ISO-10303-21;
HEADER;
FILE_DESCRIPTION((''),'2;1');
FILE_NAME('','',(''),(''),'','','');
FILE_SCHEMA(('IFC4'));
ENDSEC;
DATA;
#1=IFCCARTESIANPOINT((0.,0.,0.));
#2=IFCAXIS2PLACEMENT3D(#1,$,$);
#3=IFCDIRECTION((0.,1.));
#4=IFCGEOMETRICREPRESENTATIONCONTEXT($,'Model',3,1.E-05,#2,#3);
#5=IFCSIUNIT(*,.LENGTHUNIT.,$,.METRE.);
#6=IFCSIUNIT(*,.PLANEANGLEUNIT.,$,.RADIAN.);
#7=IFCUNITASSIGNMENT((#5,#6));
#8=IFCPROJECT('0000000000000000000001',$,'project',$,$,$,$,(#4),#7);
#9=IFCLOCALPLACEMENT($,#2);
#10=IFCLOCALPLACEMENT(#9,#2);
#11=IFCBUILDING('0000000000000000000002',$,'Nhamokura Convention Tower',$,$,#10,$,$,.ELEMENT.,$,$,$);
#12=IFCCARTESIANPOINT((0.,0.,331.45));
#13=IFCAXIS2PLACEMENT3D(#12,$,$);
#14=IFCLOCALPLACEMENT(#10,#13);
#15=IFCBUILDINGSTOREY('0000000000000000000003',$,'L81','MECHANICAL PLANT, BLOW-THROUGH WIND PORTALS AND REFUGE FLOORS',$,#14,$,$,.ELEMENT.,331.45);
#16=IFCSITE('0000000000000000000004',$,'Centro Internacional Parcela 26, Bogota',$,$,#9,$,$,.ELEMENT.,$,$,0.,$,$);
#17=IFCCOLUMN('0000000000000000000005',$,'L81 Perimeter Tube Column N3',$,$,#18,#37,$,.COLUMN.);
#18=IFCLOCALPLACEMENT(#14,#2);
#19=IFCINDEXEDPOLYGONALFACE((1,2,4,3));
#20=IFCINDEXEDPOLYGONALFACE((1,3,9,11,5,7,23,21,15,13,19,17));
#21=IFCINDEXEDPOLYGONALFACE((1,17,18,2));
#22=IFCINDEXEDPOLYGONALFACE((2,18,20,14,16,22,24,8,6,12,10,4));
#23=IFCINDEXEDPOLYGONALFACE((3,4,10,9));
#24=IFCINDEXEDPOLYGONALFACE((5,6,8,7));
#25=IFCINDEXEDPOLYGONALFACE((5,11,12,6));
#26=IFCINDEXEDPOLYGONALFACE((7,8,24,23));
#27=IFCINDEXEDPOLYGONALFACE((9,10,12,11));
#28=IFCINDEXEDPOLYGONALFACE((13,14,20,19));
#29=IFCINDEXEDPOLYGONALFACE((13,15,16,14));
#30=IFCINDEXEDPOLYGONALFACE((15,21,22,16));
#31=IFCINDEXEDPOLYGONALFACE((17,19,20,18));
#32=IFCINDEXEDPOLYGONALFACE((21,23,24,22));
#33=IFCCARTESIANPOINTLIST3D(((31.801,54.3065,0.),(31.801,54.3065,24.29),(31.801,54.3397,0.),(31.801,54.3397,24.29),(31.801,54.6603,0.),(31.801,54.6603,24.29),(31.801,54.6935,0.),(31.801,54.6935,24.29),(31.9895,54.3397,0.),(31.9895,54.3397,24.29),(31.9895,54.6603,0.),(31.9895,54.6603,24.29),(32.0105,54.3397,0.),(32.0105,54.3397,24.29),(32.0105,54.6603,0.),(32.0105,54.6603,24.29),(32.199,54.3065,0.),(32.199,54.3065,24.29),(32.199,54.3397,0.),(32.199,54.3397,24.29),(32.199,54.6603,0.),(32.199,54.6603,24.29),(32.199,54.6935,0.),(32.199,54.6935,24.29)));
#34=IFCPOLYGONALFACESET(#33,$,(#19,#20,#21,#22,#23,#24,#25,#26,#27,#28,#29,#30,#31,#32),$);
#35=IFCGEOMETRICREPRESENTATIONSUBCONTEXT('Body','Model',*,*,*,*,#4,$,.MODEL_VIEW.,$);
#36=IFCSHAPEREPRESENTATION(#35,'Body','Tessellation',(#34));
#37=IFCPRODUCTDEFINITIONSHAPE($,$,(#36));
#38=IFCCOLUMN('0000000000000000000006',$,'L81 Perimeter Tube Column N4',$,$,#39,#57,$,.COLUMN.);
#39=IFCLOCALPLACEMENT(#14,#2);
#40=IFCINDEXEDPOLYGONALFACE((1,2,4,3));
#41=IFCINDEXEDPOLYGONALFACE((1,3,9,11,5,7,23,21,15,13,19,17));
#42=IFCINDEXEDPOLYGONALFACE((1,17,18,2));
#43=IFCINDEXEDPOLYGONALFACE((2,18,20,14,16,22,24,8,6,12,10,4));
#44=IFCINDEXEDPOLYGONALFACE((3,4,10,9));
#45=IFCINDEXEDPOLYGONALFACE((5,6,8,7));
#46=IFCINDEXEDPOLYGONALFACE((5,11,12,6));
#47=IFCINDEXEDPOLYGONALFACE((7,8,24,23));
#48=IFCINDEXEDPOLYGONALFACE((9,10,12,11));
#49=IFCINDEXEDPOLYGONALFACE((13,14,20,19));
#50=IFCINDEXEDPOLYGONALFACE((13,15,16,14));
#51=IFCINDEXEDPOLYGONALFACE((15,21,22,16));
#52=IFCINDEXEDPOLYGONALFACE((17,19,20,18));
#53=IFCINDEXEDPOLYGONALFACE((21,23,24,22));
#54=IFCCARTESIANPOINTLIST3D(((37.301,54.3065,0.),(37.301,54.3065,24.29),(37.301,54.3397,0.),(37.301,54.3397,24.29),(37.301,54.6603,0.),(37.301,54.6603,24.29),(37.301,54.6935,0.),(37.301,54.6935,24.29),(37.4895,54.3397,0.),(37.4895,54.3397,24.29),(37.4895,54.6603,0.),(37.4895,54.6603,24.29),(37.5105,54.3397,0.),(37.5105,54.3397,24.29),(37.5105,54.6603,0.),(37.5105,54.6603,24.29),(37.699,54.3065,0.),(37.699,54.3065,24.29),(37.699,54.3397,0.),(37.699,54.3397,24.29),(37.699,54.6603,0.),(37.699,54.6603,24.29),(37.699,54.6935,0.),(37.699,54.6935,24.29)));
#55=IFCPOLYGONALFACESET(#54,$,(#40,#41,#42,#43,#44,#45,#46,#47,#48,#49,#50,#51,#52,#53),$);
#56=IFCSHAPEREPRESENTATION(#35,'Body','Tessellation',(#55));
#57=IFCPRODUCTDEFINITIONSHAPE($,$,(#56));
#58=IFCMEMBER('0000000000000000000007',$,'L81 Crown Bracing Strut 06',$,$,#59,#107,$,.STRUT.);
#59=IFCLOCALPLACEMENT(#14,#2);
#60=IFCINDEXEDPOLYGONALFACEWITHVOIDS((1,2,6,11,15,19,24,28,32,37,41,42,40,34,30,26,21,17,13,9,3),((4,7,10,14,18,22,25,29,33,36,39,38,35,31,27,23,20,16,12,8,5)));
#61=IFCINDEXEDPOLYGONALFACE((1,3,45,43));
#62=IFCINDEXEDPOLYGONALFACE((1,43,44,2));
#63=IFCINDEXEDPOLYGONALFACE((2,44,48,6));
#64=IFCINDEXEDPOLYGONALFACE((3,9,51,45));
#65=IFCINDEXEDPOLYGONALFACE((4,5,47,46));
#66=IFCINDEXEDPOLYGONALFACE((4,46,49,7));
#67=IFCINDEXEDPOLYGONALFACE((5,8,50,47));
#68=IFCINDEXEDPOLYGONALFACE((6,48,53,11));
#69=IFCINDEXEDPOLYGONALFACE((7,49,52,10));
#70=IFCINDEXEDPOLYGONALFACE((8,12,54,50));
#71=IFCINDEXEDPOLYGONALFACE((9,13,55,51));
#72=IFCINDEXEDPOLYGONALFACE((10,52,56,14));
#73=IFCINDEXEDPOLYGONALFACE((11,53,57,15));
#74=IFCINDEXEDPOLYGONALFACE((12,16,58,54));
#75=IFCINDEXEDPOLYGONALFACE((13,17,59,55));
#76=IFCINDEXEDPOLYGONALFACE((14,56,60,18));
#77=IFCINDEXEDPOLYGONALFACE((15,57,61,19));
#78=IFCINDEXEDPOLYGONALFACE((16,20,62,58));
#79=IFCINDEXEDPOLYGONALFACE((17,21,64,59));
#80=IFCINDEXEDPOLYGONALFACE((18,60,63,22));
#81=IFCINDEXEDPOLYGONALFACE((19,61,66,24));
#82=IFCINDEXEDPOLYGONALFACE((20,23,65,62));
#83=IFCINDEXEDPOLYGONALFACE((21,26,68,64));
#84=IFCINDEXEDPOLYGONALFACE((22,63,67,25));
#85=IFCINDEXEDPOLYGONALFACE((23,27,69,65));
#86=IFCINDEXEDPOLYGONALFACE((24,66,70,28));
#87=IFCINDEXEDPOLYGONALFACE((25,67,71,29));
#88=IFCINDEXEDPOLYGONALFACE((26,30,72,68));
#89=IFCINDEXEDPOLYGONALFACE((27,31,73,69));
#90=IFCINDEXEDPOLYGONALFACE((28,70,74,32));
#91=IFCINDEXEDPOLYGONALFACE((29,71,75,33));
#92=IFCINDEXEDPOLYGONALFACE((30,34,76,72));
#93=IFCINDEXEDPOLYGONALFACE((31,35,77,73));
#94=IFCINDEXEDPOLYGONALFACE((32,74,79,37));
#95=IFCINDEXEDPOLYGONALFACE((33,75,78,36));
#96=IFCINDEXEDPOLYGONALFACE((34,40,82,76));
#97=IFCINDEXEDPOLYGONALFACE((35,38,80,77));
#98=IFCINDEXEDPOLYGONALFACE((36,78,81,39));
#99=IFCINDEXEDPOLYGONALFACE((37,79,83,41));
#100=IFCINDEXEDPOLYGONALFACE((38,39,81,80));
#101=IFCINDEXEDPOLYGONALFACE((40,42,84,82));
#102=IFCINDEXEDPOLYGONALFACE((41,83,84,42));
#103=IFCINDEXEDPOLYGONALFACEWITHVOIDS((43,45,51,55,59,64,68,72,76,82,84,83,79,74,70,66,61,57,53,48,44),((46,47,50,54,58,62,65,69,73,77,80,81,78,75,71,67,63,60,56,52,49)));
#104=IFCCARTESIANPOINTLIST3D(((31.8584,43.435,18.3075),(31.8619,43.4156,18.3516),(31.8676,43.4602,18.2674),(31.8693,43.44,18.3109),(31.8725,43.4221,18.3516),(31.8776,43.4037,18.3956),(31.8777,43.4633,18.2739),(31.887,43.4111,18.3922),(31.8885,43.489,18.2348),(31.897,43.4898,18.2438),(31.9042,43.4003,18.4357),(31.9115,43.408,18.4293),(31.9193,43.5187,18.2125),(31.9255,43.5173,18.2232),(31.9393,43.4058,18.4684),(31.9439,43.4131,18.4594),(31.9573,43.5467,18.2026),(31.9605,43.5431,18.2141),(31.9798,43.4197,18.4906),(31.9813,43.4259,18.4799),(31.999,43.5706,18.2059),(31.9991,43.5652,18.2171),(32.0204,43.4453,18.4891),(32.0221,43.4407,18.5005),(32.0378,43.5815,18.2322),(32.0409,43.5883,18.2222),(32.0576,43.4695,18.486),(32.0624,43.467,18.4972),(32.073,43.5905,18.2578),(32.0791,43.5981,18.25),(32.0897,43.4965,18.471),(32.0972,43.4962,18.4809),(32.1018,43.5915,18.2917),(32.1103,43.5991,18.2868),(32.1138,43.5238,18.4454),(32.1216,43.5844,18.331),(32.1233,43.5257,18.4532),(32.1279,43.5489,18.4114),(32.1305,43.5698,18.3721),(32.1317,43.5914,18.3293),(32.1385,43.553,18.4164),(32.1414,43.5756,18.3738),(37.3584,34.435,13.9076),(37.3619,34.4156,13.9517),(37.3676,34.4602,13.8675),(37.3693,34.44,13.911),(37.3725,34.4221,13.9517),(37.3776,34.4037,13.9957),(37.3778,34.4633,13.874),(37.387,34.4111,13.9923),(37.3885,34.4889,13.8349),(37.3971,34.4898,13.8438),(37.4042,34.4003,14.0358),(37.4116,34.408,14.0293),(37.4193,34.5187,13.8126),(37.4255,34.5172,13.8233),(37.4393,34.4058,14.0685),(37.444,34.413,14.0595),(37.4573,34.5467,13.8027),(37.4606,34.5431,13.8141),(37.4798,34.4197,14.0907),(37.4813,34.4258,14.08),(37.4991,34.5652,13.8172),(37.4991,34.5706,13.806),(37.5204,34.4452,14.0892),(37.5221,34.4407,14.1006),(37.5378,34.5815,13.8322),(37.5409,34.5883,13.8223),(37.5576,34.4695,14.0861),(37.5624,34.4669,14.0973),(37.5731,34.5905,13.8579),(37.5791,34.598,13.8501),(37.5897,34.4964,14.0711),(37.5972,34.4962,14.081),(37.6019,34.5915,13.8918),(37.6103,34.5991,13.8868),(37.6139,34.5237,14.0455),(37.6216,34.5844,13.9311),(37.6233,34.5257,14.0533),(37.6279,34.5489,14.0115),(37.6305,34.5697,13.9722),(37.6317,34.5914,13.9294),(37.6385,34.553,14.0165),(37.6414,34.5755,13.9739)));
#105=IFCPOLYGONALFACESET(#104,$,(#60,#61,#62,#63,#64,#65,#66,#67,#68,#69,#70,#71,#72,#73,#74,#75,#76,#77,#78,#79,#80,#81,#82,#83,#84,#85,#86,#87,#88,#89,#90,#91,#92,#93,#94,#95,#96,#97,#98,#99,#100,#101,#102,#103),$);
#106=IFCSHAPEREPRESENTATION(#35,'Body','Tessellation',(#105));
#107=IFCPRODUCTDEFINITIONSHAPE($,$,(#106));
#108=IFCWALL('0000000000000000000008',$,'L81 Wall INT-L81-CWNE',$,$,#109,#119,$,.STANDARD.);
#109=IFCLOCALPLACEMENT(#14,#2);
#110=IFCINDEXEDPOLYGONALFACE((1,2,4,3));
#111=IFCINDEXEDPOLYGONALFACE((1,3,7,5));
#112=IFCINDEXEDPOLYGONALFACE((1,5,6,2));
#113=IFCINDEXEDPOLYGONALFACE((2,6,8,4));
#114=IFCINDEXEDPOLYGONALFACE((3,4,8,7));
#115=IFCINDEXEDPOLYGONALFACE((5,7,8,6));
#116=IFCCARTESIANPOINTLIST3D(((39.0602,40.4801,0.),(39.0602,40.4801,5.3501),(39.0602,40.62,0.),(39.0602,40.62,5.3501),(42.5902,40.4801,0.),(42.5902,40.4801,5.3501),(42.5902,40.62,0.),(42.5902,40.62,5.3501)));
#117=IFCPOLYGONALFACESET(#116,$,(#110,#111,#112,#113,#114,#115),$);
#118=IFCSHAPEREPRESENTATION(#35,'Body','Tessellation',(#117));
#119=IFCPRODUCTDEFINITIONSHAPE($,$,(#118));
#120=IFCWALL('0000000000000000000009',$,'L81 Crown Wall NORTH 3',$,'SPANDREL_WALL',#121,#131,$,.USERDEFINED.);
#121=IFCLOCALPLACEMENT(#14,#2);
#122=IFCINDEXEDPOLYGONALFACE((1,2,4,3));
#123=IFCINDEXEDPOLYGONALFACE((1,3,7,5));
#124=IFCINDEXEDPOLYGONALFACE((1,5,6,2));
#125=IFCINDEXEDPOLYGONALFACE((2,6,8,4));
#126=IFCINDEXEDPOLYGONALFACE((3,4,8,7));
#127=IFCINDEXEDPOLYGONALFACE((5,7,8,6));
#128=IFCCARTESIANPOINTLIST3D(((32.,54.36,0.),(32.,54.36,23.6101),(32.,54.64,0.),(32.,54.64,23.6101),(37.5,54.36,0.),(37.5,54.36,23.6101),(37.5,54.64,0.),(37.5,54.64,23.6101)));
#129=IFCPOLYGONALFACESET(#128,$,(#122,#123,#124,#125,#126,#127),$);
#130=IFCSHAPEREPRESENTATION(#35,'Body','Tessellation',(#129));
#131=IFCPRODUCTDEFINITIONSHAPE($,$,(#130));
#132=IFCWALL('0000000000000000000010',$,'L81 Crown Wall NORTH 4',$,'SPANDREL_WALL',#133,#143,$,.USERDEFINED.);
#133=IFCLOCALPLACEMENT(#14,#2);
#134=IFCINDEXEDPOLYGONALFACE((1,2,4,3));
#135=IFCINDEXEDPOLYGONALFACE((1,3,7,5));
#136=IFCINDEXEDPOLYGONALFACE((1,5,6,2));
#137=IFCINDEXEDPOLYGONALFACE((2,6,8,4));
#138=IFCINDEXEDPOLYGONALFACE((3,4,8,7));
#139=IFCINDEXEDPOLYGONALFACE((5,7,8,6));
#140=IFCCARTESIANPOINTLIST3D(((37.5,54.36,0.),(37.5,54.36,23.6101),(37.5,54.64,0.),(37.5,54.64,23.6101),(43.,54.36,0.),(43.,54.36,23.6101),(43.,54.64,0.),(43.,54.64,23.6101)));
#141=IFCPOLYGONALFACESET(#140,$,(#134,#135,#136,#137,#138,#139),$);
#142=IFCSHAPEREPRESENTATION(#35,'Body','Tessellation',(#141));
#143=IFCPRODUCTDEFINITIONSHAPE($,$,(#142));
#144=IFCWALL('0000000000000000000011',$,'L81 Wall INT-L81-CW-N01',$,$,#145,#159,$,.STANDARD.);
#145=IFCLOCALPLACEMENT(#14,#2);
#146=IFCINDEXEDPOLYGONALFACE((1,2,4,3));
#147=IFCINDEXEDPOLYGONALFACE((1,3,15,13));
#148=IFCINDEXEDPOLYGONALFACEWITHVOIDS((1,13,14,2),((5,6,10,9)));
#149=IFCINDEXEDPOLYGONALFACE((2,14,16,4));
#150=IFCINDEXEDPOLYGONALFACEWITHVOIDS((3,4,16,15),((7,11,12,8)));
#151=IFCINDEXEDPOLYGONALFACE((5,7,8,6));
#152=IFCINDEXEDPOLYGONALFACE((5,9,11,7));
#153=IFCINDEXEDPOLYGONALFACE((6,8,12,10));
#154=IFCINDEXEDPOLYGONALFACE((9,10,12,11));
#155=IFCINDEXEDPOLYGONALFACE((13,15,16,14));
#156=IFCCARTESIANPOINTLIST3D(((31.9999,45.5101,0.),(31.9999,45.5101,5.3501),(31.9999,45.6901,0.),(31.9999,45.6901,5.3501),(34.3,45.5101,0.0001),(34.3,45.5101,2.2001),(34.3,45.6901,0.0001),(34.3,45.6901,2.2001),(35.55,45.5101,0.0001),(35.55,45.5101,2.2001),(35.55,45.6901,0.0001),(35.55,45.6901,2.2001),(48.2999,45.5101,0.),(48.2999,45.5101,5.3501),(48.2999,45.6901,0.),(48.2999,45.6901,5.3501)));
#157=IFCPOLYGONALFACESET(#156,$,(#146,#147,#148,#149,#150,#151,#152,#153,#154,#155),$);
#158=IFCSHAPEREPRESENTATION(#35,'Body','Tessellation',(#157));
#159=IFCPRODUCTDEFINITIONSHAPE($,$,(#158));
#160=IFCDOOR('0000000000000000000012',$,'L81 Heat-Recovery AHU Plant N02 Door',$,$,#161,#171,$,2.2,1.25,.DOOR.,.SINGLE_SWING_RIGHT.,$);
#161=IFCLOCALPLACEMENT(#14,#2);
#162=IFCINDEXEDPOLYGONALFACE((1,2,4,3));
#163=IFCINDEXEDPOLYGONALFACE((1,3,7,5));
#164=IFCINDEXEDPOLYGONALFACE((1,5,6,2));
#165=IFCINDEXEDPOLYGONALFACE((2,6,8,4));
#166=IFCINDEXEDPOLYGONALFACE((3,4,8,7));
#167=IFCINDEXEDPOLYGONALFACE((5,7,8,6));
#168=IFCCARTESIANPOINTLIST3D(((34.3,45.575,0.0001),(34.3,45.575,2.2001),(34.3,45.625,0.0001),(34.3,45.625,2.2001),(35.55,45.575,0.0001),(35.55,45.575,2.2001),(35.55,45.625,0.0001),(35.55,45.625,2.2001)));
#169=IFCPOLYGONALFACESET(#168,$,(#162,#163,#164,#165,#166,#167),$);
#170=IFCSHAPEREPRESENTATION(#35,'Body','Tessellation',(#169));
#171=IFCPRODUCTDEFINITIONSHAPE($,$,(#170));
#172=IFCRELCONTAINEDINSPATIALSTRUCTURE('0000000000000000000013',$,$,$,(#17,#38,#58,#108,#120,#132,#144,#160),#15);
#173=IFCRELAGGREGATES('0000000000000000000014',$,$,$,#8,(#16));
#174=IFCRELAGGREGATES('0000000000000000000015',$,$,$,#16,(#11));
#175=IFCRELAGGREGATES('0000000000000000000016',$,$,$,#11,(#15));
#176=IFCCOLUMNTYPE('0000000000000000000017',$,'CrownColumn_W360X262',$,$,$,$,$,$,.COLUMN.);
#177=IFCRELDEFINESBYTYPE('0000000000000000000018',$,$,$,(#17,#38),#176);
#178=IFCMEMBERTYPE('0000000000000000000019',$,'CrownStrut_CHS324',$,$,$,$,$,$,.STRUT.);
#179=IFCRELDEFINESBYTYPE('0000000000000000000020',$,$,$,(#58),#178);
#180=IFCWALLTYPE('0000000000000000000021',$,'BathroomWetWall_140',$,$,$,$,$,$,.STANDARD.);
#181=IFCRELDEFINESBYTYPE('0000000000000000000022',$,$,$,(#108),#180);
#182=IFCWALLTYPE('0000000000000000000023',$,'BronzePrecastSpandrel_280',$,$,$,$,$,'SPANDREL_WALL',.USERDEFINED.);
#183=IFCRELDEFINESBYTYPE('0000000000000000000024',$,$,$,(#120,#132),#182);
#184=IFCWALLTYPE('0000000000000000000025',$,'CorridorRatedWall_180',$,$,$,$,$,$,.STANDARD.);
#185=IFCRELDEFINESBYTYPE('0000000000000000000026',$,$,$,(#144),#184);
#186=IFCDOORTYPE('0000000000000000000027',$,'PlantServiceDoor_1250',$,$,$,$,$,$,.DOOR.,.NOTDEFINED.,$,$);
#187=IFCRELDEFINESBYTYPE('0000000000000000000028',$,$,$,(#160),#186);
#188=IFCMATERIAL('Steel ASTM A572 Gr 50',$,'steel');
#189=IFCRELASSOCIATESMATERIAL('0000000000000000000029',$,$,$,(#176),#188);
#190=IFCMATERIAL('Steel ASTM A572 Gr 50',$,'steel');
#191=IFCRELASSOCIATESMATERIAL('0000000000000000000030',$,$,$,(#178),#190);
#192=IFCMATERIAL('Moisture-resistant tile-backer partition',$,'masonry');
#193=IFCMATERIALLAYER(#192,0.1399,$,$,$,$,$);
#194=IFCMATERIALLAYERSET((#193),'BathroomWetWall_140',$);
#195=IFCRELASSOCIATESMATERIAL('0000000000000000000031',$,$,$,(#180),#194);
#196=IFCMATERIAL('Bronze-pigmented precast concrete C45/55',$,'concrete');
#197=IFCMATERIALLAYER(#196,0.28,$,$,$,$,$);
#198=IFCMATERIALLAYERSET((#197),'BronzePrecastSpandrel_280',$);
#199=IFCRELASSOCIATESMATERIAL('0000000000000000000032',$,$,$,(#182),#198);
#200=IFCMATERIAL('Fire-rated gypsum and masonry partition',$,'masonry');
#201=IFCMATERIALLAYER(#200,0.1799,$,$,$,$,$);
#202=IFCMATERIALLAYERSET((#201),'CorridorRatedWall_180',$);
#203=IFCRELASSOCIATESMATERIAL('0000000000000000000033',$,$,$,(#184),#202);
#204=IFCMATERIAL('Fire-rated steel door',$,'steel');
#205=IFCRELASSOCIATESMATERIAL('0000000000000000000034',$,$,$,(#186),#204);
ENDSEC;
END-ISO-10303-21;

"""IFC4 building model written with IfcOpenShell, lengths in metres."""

from ifc_helpers import new_model, si_unit, direction, frame, frame_2d, origin, origin_2d, place, context, subcontext, project, spatial, rectangle, hollow_circle, i_section, extrude, material, layer, layer_set, material_profile, profile_set, type_object, element, fill, save


model = new_model("IFC4")

# Units and contexts
model_context = context("Model", 3, precision=1e-05, world=origin(), true_north=direction((0.0, 1.0)))
body_context = subcontext(model_context, "Body", "Model", "MODEL_VIEW")
ifc_project = project(units=[si_unit("LENGTHUNIT", "METRE"), si_unit("PLANEANGLEUNIT", "RADIAN")], contexts=[model_context])

# Site, building, storey
site_placement = place(None, origin())
site = spatial("IfcSite", under=ifc_project, at=site_placement, Name="Centro Internacional Parcela 26, Bogota", CompositionType="ELEMENT", RefElevation=0.0)
building_placement = place(site_placement, origin())
building = spatial("IfcBuilding", under=site, at=building_placement, Name="Nhamokura Convention Tower", CompositionType="ELEMENT")
storey_placement = place(building_placement, frame((0.0, 0.0, 331.45)))
storey = spatial("IfcBuildingStorey", under=building, at=storey_placement, Name="L81", Description="MECHANICAL PLANT, BLOW-THROUGH WIND PORTALS AND REFUGE FLOORS", CompositionType="ELEMENT", Elevation=331.45)

# Columns
ifc_material_1 = material(Name="Steel ASTM A572 Gr 50", Category="steel")
ifc_material_profile_1 = material_profile(ifc_material_1, i_section(OverallWidth=0.3979, OverallDepth=0.387, WebThickness=0.021, FlangeThickness=0.0332, at=origin_2d()))
ifc_profile_set_1 = profile_set([ifc_material_profile_1], Name="Steel ASTM A572 Gr 50")
column_type = type_object("IfcColumnType", Name="CrownColumn_W360X262", PredefinedType="COLUMN", material=ifc_profile_set_1)
for number, where, z_axis, x_axis, name in (
    (1, (32.0, 54.5, 0.0), (0.0, 0.0, 1.0), (1.0, 0.0, 0.0), "L81 Perimeter Tube Column N3"),
    (2, (37.5, 54.5, 0.0), (0.0, 0.0, 1.0), (1.0, 0.0, 0.0), "L81 Perimeter Tube Column N4"),
):
    element("IfcColumn", number, at=place(storey_placement, frame(where, z_axis=z_axis, x_axis=x_axis)), inside=storey, type_object=column_type, Name=name, PredefinedType="COLUMN", context=body_context, shape_type="SweptSolid", body=[
        extrude(i_section(OverallWidth=0.3979, OverallDepth=0.387, WebThickness=0.021, FlangeThickness=0.0332, at=origin_2d()), origin(), (0.0, 0.0, 1.0), 24.29),
    ])

# Member
ifc_material_2 = material(Name="Steel ASTM A572 Gr 50", Category="steel")
ifc_material_profile_2 = material_profile(ifc_material_2, hollow_circle(Radius=0.1619, WallThickness=0.0125, at=origin_2d()))
ifc_profile_set_2 = profile_set([ifc_material_profile_2], Name="Steel ASTM A572 Gr 50")
member_type = type_object("IfcMemberType", Name="CrownStrut_CHS324", PredefinedType="STRUT", material=ifc_profile_set_2)
member_placement = place(storey_placement, frame((37.5, 34.5, 13.9517), z_axis=(-0.481256, 0.787509, 0.384996), x_axis=(-0.853282, -0.52145, 0.0)))
element("IfcMember", 3, at=member_placement, inside=storey, type_object=member_type, Name="L81 Crown Bracing Strut 06", PredefinedType="STRUT", context=body_context, shape_type="SweptSolid", body=[
    extrude(hollow_circle(Radius=0.1619, WallThickness=0.0125, at=origin_2d()), origin(), (0.0, 0.0, 1.0), 11.4285),
])

# Walls
ifc_material_3 = material(Name="Moisture-resistant tile-backer partition", Category="masonry")
ifc_layer_1 = layer(ifc_material_3, 0.1399)
ifc_layer_set_1 = layer_set([ifc_layer_1], Name="BathroomWetWall_140")
wall_type_1 = type_object("IfcWallType", Name="BathroomWetWall_140", PredefinedType="STANDARD", material=ifc_layer_set_1)
wall_1_placement = place(storey_placement, frame((39.0601, 40.55, 0.0), z_axis=(0.0, 0.0, 1.0), x_axis=(1.0, 0.0, 0.0)))
element("IfcWall", 4, at=wall_1_placement, inside=storey, type_object=wall_type_1, Name="L81 Wall INT-L81-CWNE", PredefinedType="STANDARD", context=body_context, shape_type="SweptSolid", body=[
    extrude(rectangle(XDim=3.53, YDim=0.1399, at=frame_2d((1.7651, 0.0))), origin(), (0.0, 0.0, 1.0), 5.3501),
])
ifc_material_4 = material(Name="Bronze-pigmented precast concrete C45/55", Category="concrete")
ifc_layer_2 = layer(ifc_material_4, 0.28)
ifc_layer_set_2 = layer_set([ifc_layer_2], Name="BronzePrecastSpandrel_280")
wall_type_2 = type_object("IfcWallType", Name="BronzePrecastSpandrel_280", ElementType="SPANDREL_WALL", PredefinedType="USERDEFINED", material=ifc_layer_set_2)
for number, where, z_axis, x_axis, name in (
    (5, (32.0, 54.5, 0.0), (0.0, 0.0, 1.0), (1.0, 0.0, 0.0), "L81 Crown Wall NORTH 3"),
    (6, (37.5, 54.5, 0.0), (0.0, 0.0, 1.0), (1.0, 0.0, 0.0), "L81 Crown Wall NORTH 4"),
):
    element("IfcWall", number, at=place(storey_placement, frame(where, z_axis=z_axis, x_axis=x_axis)), inside=storey, type_object=wall_type_2, Name=name, ObjectType="SPANDREL_WALL", PredefinedType="USERDEFINED", context=body_context, shape_type="SweptSolid", body=[
        extrude(rectangle(XDim=5.5, YDim=0.28, at=frame_2d((2.75, 0.0))), origin(), (0.0, 0.0, 1.0), 23.6101),
    ])

# Wall, opening, door
ifc_material_5 = material(Name="Fire-rated gypsum and masonry partition", Category="masonry")
ifc_layer_3 = layer(ifc_material_5, 0.1799)
ifc_layer_set_3 = layer_set([ifc_layer_3], Name="CorridorRatedWall_180")
wall_type_3 = type_object("IfcWallType", Name="CorridorRatedWall_180", PredefinedType="STANDARD", material=ifc_layer_set_3)
wall_2_placement = place(storey_placement, frame((32.0, 45.6001, 0.0), z_axis=(0.0, 0.0, 1.0), x_axis=(1.0, 0.0, 0.0)))
wall_2 = element("IfcWall", 7, at=wall_2_placement, inside=storey, type_object=wall_type_3, Name="L81 Wall INT-L81-CW-N01", PredefinedType="STANDARD", context=body_context, shape_type="SweptSolid", body=[
    extrude(rectangle(XDim=16.3, YDim=0.1799, at=frame_2d((8.1499, 0.0))), origin(), (0.0, 0.0, 1.0), 5.3501),
])
opening_1_placement = place(wall_2_placement, frame((2.3, 0.0, 0.0)))
opening_1 = element("IfcOpeningElement", 8, at=opening_1_placement, cuts=wall_2, PredefinedType="OPENING", context=body_context, shape_type="SweptSolid", body=[
    extrude(rectangle(XDim=1.25, YDim=2.2, at=frame_2d((0.625, 1.1001))), frame((0.0, 0.0999, 0.0), z_axis=(0.0, -1.0, 0.0), x_axis=(1.0, 0.0, 0.0)), (0.0, 0.0, 1.0), 0.2),
])
ifc_material_6 = material(Name="Fire-rated steel door", Category="steel")
door_type_1 = type_object("IfcDoorType", Name="PlantServiceDoor_1250", OperationType="NOTDEFINED", PredefinedType="DOOR", material=ifc_material_6)
door_1_placement = place(opening_1_placement, origin())
door_1 = element("IfcDoor", 9, at=door_1_placement, inside=storey, type_object=door_type_1, Name="L81 Heat-Recovery AHU Plant N02 Door", OperationType="SINGLE_SWING_RIGHT", OverallHeight=2.2, OverallWidth=1.25, PredefinedType="DOOR", context=body_context, shape_type="SweptSolid", body=[
    extrude(rectangle(XDim=1.25, YDim=2.2, at=frame_2d((0.625, 1.1001))), frame((0.0, 0.0249, 0.0), z_axis=(0.0, -1.0, 0.0), x_axis=(1.0, 0.0, 0.0)), (0.0, 0.0, 1.0), 0.05),
])
fill(opening_1, door_1)

save(model, "model.ifc")
